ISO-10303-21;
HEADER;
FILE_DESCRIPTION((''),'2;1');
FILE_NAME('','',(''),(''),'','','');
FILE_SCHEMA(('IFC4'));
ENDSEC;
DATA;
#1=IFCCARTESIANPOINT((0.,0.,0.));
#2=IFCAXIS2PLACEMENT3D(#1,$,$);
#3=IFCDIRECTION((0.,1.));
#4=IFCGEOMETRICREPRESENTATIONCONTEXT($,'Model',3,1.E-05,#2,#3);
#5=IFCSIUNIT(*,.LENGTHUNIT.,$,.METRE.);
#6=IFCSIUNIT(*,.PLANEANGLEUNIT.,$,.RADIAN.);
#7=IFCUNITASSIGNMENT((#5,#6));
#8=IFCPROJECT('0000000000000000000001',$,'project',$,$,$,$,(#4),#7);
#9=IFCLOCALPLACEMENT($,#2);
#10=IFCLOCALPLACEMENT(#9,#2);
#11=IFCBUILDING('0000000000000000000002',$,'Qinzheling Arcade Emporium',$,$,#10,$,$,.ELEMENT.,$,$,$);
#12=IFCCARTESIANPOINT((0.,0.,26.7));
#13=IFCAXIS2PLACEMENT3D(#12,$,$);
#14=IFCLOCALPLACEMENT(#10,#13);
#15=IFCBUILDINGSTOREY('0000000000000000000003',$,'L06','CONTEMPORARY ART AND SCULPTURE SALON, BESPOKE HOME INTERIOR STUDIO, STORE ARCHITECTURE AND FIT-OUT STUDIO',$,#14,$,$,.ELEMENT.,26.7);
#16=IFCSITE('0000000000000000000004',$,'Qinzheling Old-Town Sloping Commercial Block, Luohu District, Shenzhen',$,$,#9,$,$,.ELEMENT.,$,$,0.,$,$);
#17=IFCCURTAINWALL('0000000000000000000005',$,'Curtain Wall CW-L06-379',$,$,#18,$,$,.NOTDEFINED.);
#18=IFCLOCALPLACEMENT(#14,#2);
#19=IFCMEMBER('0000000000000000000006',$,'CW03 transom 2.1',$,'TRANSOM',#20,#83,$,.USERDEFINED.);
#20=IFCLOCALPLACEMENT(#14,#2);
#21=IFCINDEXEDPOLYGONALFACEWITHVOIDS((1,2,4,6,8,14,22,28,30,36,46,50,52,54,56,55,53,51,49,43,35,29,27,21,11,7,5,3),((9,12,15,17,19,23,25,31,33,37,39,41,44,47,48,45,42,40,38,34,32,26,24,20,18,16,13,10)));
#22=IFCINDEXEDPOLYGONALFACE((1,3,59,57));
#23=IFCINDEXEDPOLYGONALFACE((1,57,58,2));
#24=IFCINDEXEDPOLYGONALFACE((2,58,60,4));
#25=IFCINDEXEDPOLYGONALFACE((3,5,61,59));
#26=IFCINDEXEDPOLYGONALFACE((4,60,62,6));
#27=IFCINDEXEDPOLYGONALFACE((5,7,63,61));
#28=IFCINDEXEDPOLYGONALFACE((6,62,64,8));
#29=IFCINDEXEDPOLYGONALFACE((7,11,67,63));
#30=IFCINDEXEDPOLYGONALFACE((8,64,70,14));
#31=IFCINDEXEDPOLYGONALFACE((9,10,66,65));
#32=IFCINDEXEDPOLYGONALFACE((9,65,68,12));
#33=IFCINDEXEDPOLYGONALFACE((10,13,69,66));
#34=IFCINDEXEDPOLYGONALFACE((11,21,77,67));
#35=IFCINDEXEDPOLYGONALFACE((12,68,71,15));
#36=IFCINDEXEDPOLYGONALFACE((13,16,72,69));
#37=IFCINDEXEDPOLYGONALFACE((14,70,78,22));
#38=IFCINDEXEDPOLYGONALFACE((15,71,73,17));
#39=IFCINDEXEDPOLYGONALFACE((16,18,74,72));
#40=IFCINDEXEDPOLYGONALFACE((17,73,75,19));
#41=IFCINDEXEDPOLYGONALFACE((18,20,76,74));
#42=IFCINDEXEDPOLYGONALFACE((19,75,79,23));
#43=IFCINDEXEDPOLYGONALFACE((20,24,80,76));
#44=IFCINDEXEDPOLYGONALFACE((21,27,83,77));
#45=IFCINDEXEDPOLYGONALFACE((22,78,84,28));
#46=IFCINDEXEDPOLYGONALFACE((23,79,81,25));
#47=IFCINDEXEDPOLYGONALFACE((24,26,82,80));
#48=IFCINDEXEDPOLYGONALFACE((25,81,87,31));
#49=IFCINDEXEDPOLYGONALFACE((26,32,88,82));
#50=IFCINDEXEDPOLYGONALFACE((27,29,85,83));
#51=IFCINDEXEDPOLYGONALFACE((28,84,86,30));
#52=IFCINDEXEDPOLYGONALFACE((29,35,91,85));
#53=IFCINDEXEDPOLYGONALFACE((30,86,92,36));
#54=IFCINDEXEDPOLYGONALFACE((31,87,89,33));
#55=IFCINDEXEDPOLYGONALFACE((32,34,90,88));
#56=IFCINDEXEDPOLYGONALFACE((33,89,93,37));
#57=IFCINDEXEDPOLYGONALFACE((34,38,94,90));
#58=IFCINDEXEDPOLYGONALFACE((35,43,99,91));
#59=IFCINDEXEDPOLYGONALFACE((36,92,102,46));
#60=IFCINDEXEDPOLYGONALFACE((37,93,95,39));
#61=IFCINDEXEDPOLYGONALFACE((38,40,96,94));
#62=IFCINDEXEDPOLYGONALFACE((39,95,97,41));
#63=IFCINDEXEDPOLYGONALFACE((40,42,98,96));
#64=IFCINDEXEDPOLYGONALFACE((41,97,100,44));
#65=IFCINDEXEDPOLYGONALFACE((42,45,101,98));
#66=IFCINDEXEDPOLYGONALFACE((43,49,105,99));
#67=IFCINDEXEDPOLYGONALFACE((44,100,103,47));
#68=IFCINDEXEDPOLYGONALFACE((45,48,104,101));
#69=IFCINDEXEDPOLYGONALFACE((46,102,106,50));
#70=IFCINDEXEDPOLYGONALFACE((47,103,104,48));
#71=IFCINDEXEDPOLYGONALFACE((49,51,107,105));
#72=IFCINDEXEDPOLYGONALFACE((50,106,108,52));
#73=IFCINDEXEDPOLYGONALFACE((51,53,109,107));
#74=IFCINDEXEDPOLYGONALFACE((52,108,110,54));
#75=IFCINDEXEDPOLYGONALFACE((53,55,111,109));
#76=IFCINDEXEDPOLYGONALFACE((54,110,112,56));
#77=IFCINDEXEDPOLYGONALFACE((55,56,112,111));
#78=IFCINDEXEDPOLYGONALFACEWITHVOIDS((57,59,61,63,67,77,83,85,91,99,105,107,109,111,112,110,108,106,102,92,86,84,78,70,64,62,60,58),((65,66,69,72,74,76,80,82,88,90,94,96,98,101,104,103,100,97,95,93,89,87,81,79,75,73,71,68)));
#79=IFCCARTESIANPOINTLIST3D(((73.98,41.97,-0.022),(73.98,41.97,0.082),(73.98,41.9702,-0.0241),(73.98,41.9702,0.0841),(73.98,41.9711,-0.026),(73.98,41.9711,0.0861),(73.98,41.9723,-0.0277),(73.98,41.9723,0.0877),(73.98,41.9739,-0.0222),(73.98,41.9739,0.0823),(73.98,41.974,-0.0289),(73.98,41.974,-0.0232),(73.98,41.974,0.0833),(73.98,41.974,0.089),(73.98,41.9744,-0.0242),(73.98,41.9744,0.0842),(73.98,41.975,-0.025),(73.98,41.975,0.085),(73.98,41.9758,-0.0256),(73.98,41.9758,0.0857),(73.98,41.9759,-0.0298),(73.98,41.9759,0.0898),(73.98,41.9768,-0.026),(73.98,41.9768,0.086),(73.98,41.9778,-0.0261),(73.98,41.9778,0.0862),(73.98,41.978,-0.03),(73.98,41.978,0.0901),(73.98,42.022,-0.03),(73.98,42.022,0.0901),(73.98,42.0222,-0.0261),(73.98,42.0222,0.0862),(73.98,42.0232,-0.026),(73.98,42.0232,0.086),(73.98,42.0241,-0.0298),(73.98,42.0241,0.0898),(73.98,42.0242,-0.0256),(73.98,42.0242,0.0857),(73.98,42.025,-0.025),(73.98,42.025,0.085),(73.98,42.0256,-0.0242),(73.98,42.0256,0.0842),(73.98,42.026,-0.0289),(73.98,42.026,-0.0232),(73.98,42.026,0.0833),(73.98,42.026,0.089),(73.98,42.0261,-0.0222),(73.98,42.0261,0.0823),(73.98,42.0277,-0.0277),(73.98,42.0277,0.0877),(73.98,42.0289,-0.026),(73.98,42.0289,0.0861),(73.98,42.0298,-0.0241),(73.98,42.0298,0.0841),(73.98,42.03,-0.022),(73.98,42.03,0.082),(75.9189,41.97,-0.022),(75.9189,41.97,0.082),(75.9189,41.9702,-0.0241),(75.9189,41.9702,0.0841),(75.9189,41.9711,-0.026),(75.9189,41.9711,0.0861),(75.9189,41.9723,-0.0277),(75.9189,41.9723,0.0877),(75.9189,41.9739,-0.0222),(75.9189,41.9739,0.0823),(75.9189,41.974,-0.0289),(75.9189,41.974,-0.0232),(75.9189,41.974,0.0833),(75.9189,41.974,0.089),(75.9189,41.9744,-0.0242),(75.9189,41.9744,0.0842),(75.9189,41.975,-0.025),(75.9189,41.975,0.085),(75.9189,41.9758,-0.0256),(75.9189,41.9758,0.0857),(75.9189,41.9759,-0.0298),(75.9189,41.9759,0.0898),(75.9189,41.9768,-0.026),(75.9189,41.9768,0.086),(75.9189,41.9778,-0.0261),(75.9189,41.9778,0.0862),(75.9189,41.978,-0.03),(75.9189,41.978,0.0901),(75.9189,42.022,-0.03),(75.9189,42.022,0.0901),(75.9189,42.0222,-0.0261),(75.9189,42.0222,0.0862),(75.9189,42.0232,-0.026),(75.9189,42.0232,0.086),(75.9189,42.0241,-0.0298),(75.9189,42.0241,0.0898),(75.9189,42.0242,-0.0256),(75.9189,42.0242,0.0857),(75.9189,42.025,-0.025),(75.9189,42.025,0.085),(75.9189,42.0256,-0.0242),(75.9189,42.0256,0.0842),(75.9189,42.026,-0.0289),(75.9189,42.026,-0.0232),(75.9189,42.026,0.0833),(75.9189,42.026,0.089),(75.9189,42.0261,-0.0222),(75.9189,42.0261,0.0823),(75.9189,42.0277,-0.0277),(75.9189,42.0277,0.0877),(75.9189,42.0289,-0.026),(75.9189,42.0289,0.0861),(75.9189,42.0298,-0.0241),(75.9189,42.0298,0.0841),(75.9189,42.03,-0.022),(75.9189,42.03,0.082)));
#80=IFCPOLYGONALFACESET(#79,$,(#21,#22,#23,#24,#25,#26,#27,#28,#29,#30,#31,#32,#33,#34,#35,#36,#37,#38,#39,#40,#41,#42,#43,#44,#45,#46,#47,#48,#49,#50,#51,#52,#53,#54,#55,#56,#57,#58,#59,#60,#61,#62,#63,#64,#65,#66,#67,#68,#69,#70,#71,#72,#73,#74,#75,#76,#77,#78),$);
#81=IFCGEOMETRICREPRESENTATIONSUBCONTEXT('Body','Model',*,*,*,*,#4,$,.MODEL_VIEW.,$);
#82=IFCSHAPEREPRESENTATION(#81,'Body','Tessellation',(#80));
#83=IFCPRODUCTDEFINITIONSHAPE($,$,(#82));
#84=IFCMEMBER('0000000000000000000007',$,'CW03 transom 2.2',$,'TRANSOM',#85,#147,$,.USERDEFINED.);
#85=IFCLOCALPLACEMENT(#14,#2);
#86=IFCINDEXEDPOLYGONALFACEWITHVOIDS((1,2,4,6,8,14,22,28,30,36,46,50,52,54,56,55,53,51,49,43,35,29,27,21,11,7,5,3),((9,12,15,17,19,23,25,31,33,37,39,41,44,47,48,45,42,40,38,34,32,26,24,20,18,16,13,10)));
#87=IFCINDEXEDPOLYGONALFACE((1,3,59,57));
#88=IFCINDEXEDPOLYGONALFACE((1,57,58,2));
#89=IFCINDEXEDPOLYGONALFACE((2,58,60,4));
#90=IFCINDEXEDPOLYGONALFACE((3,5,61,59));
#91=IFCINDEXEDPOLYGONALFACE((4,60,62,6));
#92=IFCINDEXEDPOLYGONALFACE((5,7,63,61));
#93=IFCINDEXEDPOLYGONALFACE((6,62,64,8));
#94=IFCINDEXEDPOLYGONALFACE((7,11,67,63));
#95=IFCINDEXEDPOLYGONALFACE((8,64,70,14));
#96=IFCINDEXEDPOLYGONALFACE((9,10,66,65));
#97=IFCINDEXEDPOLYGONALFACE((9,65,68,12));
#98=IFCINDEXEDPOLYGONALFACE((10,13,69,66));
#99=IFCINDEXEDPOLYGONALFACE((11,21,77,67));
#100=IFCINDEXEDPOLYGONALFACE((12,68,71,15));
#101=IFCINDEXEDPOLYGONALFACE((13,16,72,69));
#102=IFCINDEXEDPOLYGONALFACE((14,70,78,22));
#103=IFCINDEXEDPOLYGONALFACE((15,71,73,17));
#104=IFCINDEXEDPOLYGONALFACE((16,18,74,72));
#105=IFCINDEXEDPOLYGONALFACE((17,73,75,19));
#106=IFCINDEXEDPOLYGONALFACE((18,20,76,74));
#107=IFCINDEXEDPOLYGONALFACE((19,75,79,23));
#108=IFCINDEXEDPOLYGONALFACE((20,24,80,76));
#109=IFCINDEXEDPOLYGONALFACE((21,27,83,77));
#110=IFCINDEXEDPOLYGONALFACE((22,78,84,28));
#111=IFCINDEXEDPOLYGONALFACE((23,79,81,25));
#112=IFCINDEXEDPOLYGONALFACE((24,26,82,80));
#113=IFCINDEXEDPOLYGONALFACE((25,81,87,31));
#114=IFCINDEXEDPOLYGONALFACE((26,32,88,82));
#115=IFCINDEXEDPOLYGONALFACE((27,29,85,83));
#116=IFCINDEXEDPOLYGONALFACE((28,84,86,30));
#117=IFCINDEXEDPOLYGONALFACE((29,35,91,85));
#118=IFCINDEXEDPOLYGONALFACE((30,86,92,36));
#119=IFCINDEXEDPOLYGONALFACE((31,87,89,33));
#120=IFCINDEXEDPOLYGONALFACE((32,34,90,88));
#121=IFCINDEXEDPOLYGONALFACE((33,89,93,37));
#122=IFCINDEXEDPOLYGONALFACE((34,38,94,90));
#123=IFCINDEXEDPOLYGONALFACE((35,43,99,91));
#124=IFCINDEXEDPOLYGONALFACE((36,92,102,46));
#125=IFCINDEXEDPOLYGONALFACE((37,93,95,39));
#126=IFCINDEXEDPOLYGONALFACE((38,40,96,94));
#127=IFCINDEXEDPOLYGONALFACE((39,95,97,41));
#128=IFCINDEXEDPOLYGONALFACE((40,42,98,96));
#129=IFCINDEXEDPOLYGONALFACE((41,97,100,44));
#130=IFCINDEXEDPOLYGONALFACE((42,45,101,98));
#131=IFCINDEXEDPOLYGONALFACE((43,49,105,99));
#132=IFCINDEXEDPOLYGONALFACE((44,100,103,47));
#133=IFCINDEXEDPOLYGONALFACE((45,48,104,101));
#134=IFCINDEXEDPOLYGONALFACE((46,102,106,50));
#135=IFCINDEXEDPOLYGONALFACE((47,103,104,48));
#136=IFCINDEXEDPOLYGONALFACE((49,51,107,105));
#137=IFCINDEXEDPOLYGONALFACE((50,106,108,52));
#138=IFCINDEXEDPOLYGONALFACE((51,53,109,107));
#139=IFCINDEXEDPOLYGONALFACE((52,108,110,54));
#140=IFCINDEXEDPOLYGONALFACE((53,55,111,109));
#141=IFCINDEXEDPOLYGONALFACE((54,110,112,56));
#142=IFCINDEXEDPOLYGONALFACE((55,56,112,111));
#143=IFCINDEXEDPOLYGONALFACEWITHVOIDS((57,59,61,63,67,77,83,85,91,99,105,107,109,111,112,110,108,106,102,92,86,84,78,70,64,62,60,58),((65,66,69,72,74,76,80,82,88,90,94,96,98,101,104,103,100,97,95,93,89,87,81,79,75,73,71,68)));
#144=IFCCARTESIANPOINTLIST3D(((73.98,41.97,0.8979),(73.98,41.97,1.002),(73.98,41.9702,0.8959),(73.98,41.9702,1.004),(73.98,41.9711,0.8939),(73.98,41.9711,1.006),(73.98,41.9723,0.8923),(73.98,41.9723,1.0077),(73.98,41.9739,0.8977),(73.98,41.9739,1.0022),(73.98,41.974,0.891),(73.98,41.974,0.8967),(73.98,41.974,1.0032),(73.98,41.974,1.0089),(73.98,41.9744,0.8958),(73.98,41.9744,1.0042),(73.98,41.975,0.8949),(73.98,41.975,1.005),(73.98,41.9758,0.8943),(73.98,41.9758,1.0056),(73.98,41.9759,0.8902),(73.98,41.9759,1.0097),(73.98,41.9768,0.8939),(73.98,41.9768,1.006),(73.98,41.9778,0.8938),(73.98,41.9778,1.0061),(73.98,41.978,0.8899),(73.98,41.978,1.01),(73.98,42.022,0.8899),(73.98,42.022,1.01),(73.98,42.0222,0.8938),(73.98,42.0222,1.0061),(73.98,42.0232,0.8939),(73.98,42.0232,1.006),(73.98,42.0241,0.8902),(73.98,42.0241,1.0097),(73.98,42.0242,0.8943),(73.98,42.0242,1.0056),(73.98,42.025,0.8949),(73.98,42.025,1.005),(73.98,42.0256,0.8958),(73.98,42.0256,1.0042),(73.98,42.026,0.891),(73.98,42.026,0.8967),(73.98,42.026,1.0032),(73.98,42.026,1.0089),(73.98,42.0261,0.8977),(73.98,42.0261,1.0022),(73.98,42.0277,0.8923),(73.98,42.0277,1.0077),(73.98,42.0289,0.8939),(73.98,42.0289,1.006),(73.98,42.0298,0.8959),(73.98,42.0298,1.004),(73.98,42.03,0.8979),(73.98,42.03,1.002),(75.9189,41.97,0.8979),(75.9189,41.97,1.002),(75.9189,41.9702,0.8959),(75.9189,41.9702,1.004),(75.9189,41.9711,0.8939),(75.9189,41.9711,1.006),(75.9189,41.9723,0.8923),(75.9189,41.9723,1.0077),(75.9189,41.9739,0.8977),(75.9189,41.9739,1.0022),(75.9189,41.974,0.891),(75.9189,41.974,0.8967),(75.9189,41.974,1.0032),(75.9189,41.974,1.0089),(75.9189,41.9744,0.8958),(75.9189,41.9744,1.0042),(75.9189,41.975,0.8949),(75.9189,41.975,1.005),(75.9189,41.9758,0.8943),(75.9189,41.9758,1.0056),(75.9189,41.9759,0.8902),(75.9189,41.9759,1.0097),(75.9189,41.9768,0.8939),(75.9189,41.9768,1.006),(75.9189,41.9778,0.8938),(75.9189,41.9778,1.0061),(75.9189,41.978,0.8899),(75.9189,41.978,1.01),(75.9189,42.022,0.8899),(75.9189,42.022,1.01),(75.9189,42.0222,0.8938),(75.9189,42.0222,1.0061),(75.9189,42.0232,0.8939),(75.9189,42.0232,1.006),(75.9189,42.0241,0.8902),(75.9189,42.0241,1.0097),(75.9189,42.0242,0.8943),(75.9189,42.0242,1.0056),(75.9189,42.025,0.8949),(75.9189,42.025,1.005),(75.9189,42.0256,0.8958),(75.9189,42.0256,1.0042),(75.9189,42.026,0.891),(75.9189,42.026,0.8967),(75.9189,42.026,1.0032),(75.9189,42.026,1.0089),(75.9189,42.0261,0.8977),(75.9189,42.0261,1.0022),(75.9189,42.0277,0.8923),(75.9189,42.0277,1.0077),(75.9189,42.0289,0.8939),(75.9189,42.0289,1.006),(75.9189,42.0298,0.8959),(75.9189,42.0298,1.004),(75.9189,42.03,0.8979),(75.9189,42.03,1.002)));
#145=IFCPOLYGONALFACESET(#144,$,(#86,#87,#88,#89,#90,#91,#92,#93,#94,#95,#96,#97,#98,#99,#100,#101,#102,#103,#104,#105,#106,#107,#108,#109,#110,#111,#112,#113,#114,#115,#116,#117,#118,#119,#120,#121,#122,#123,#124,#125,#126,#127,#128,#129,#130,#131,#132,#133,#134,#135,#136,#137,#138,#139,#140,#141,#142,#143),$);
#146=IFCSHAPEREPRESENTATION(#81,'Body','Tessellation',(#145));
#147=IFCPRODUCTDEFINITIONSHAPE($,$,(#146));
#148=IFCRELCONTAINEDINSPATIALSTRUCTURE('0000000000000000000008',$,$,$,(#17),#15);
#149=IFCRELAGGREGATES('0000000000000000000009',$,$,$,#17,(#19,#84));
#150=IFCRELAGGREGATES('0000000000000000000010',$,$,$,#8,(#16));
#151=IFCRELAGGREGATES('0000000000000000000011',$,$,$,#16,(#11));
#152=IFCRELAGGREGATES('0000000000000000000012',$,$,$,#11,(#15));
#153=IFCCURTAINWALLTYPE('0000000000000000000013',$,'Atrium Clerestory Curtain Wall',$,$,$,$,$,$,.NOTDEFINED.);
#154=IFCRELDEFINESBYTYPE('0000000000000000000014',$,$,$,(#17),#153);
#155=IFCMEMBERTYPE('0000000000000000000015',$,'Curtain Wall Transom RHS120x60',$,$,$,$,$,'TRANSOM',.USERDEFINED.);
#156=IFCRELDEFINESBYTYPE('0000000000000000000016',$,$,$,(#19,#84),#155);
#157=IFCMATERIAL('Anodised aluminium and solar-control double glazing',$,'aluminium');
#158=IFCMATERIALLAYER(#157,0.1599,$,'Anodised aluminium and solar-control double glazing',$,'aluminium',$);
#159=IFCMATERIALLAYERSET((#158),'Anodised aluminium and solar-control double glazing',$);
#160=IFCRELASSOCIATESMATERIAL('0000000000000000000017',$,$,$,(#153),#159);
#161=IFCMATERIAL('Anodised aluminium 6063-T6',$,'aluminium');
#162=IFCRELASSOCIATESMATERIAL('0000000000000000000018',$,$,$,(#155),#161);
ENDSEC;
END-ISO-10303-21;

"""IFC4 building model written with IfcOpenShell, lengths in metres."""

from ifc_helpers import new_model, si_unit, direction, frame, origin, origin_2d, place, context, subcontext, project, spatial, hollow_rectangle, extrude, material, layer, layer_set, material_profile, profile_set, type_object, element, aggregate, save


model = new_model("IFC4")

# Units and contexts
model_context = context("Model", 3, precision=1e-05, world=origin(), true_north=direction((0.0, 1.0)))
body_context = subcontext(model_context, "Body", "Model", "MODEL_VIEW")
ifc_project = project(units=[si_unit("LENGTHUNIT", "METRE"), si_unit("PLANEANGLEUNIT", "RADIAN")], contexts=[model_context])

# Site, building, storey
site_placement = place(None, origin())
site = spatial("IfcSite", under=ifc_project, at=site_placement, Name="Qinzheling Old-Town Sloping Commercial Block, Luohu District, Shenzhen", CompositionType="ELEMENT", RefElevation=0.0)
building_placement = place(site_placement, origin())
building = spatial("IfcBuilding", under=site, at=building_placement, Name="Qinzheling Arcade Emporium", CompositionType="ELEMENT")
storey_placement = place(building_placement, frame((0.0, 0.0, 26.7)))
storey = spatial("IfcBuildingStorey", under=building, at=storey_placement, Name="L06", Description="CONTEMPORARY ART AND SCULPTURE SALON, BESPOKE HOME INTERIOR STUDIO, STORE ARCHITECTURE AND FIT-OUT STUDIO", CompositionType="ELEMENT", Elevation=26.7)

# Curtain wall
ifc_material_1 = material(Name="Anodised aluminium and solar-control double glazing", Category="aluminium")
ifc_layer_1 = layer(ifc_material_1, 0.1599, Name="Anodised aluminium and solar-control double glazing", Category="aluminium")
ifc_layer_set_1 = layer_set([ifc_layer_1], Name="Anodised aluminium and solar-control double glazing")
curtain_wall_type = type_object("IfcCurtainWallType", Name="Atrium Clerestory Curtain Wall", PredefinedType="NOTDEFINED", material=ifc_layer_set_1)
ifc_material_2 = material(Name="Anodised aluminium 6063-T6", Category="aluminium")
curtain_wall_1_placement = place(storey_placement, origin())
curtain_wall_1 = element("IfcCurtainWall", 1, at=curtain_wall_1_placement, inside=storey, type_object=curtain_wall_type, Name="Curtain Wall CW-L06-379", PredefinedType="NOTDEFINED")

# Members
ifc_material_profile_1 = material_profile(ifc_material_2, hollow_rectangle(XDim=0.0601, YDim=0.1201, WallThickness=0.0039, InnerFilletRadius=0.0039, OuterFilletRadius=0.0081, at=origin_2d()), Name="RHS 120x60x4", Category="aluminium")
ifc_profile_set_1 = profile_set([ifc_material_profile_1], Name="Anodised aluminium 6063-T6")
member_type_1 = type_object("IfcMemberType", Name="Curtain Wall Transom RHS120x60", ElementType="TRANSOM", PredefinedType="USERDEFINED", material=ifc_profile_set_1)
member_1_placement = place(storey_placement, frame((75.9189, 42.0, 0.03), z_axis=(-1.0, 0.0, 0.0), x_axis=(0.0, -1.0, 0.0)))
member_1 = element("IfcMember", 2, at=member_1_placement, type_object=member_type_1, Name="CW03 transom 2.1", ObjectType="TRANSOM", PredefinedType="USERDEFINED", context=body_context, shape_type="SweptSolid", body=[
    extrude(hollow_rectangle(XDim=0.0601, YDim=0.1201, WallThickness=0.0039, InnerFilletRadius=0.0039, OuterFilletRadius=0.0081, at=origin_2d()), origin(), (0.0, 0.0, 1.0), 1.939),
])
member_2_placement = place(storey_placement, frame((75.9189, 42.0, 0.95), z_axis=(-1.0, 0.0, 0.0), x_axis=(0.0, -1.0, 0.0)))
member_2 = element("IfcMember", 3, at=member_2_placement, type_object=member_type_1, Name="CW03 transom 2.2", ObjectType="TRANSOM", PredefinedType="USERDEFINED", context=body_context, shape_type="SweptSolid", body=[
    extrude(hollow_rectangle(XDim=0.0601, YDim=0.1201, WallThickness=0.0039, InnerFilletRadius=0.0039, OuterFilletRadius=0.0081, at=origin_2d()), origin(), (0.0, 0.0, 1.0), 1.939),
])

aggregate(curtain_wall_1, [member_1, member_2])

save(model, "model.ifc")
